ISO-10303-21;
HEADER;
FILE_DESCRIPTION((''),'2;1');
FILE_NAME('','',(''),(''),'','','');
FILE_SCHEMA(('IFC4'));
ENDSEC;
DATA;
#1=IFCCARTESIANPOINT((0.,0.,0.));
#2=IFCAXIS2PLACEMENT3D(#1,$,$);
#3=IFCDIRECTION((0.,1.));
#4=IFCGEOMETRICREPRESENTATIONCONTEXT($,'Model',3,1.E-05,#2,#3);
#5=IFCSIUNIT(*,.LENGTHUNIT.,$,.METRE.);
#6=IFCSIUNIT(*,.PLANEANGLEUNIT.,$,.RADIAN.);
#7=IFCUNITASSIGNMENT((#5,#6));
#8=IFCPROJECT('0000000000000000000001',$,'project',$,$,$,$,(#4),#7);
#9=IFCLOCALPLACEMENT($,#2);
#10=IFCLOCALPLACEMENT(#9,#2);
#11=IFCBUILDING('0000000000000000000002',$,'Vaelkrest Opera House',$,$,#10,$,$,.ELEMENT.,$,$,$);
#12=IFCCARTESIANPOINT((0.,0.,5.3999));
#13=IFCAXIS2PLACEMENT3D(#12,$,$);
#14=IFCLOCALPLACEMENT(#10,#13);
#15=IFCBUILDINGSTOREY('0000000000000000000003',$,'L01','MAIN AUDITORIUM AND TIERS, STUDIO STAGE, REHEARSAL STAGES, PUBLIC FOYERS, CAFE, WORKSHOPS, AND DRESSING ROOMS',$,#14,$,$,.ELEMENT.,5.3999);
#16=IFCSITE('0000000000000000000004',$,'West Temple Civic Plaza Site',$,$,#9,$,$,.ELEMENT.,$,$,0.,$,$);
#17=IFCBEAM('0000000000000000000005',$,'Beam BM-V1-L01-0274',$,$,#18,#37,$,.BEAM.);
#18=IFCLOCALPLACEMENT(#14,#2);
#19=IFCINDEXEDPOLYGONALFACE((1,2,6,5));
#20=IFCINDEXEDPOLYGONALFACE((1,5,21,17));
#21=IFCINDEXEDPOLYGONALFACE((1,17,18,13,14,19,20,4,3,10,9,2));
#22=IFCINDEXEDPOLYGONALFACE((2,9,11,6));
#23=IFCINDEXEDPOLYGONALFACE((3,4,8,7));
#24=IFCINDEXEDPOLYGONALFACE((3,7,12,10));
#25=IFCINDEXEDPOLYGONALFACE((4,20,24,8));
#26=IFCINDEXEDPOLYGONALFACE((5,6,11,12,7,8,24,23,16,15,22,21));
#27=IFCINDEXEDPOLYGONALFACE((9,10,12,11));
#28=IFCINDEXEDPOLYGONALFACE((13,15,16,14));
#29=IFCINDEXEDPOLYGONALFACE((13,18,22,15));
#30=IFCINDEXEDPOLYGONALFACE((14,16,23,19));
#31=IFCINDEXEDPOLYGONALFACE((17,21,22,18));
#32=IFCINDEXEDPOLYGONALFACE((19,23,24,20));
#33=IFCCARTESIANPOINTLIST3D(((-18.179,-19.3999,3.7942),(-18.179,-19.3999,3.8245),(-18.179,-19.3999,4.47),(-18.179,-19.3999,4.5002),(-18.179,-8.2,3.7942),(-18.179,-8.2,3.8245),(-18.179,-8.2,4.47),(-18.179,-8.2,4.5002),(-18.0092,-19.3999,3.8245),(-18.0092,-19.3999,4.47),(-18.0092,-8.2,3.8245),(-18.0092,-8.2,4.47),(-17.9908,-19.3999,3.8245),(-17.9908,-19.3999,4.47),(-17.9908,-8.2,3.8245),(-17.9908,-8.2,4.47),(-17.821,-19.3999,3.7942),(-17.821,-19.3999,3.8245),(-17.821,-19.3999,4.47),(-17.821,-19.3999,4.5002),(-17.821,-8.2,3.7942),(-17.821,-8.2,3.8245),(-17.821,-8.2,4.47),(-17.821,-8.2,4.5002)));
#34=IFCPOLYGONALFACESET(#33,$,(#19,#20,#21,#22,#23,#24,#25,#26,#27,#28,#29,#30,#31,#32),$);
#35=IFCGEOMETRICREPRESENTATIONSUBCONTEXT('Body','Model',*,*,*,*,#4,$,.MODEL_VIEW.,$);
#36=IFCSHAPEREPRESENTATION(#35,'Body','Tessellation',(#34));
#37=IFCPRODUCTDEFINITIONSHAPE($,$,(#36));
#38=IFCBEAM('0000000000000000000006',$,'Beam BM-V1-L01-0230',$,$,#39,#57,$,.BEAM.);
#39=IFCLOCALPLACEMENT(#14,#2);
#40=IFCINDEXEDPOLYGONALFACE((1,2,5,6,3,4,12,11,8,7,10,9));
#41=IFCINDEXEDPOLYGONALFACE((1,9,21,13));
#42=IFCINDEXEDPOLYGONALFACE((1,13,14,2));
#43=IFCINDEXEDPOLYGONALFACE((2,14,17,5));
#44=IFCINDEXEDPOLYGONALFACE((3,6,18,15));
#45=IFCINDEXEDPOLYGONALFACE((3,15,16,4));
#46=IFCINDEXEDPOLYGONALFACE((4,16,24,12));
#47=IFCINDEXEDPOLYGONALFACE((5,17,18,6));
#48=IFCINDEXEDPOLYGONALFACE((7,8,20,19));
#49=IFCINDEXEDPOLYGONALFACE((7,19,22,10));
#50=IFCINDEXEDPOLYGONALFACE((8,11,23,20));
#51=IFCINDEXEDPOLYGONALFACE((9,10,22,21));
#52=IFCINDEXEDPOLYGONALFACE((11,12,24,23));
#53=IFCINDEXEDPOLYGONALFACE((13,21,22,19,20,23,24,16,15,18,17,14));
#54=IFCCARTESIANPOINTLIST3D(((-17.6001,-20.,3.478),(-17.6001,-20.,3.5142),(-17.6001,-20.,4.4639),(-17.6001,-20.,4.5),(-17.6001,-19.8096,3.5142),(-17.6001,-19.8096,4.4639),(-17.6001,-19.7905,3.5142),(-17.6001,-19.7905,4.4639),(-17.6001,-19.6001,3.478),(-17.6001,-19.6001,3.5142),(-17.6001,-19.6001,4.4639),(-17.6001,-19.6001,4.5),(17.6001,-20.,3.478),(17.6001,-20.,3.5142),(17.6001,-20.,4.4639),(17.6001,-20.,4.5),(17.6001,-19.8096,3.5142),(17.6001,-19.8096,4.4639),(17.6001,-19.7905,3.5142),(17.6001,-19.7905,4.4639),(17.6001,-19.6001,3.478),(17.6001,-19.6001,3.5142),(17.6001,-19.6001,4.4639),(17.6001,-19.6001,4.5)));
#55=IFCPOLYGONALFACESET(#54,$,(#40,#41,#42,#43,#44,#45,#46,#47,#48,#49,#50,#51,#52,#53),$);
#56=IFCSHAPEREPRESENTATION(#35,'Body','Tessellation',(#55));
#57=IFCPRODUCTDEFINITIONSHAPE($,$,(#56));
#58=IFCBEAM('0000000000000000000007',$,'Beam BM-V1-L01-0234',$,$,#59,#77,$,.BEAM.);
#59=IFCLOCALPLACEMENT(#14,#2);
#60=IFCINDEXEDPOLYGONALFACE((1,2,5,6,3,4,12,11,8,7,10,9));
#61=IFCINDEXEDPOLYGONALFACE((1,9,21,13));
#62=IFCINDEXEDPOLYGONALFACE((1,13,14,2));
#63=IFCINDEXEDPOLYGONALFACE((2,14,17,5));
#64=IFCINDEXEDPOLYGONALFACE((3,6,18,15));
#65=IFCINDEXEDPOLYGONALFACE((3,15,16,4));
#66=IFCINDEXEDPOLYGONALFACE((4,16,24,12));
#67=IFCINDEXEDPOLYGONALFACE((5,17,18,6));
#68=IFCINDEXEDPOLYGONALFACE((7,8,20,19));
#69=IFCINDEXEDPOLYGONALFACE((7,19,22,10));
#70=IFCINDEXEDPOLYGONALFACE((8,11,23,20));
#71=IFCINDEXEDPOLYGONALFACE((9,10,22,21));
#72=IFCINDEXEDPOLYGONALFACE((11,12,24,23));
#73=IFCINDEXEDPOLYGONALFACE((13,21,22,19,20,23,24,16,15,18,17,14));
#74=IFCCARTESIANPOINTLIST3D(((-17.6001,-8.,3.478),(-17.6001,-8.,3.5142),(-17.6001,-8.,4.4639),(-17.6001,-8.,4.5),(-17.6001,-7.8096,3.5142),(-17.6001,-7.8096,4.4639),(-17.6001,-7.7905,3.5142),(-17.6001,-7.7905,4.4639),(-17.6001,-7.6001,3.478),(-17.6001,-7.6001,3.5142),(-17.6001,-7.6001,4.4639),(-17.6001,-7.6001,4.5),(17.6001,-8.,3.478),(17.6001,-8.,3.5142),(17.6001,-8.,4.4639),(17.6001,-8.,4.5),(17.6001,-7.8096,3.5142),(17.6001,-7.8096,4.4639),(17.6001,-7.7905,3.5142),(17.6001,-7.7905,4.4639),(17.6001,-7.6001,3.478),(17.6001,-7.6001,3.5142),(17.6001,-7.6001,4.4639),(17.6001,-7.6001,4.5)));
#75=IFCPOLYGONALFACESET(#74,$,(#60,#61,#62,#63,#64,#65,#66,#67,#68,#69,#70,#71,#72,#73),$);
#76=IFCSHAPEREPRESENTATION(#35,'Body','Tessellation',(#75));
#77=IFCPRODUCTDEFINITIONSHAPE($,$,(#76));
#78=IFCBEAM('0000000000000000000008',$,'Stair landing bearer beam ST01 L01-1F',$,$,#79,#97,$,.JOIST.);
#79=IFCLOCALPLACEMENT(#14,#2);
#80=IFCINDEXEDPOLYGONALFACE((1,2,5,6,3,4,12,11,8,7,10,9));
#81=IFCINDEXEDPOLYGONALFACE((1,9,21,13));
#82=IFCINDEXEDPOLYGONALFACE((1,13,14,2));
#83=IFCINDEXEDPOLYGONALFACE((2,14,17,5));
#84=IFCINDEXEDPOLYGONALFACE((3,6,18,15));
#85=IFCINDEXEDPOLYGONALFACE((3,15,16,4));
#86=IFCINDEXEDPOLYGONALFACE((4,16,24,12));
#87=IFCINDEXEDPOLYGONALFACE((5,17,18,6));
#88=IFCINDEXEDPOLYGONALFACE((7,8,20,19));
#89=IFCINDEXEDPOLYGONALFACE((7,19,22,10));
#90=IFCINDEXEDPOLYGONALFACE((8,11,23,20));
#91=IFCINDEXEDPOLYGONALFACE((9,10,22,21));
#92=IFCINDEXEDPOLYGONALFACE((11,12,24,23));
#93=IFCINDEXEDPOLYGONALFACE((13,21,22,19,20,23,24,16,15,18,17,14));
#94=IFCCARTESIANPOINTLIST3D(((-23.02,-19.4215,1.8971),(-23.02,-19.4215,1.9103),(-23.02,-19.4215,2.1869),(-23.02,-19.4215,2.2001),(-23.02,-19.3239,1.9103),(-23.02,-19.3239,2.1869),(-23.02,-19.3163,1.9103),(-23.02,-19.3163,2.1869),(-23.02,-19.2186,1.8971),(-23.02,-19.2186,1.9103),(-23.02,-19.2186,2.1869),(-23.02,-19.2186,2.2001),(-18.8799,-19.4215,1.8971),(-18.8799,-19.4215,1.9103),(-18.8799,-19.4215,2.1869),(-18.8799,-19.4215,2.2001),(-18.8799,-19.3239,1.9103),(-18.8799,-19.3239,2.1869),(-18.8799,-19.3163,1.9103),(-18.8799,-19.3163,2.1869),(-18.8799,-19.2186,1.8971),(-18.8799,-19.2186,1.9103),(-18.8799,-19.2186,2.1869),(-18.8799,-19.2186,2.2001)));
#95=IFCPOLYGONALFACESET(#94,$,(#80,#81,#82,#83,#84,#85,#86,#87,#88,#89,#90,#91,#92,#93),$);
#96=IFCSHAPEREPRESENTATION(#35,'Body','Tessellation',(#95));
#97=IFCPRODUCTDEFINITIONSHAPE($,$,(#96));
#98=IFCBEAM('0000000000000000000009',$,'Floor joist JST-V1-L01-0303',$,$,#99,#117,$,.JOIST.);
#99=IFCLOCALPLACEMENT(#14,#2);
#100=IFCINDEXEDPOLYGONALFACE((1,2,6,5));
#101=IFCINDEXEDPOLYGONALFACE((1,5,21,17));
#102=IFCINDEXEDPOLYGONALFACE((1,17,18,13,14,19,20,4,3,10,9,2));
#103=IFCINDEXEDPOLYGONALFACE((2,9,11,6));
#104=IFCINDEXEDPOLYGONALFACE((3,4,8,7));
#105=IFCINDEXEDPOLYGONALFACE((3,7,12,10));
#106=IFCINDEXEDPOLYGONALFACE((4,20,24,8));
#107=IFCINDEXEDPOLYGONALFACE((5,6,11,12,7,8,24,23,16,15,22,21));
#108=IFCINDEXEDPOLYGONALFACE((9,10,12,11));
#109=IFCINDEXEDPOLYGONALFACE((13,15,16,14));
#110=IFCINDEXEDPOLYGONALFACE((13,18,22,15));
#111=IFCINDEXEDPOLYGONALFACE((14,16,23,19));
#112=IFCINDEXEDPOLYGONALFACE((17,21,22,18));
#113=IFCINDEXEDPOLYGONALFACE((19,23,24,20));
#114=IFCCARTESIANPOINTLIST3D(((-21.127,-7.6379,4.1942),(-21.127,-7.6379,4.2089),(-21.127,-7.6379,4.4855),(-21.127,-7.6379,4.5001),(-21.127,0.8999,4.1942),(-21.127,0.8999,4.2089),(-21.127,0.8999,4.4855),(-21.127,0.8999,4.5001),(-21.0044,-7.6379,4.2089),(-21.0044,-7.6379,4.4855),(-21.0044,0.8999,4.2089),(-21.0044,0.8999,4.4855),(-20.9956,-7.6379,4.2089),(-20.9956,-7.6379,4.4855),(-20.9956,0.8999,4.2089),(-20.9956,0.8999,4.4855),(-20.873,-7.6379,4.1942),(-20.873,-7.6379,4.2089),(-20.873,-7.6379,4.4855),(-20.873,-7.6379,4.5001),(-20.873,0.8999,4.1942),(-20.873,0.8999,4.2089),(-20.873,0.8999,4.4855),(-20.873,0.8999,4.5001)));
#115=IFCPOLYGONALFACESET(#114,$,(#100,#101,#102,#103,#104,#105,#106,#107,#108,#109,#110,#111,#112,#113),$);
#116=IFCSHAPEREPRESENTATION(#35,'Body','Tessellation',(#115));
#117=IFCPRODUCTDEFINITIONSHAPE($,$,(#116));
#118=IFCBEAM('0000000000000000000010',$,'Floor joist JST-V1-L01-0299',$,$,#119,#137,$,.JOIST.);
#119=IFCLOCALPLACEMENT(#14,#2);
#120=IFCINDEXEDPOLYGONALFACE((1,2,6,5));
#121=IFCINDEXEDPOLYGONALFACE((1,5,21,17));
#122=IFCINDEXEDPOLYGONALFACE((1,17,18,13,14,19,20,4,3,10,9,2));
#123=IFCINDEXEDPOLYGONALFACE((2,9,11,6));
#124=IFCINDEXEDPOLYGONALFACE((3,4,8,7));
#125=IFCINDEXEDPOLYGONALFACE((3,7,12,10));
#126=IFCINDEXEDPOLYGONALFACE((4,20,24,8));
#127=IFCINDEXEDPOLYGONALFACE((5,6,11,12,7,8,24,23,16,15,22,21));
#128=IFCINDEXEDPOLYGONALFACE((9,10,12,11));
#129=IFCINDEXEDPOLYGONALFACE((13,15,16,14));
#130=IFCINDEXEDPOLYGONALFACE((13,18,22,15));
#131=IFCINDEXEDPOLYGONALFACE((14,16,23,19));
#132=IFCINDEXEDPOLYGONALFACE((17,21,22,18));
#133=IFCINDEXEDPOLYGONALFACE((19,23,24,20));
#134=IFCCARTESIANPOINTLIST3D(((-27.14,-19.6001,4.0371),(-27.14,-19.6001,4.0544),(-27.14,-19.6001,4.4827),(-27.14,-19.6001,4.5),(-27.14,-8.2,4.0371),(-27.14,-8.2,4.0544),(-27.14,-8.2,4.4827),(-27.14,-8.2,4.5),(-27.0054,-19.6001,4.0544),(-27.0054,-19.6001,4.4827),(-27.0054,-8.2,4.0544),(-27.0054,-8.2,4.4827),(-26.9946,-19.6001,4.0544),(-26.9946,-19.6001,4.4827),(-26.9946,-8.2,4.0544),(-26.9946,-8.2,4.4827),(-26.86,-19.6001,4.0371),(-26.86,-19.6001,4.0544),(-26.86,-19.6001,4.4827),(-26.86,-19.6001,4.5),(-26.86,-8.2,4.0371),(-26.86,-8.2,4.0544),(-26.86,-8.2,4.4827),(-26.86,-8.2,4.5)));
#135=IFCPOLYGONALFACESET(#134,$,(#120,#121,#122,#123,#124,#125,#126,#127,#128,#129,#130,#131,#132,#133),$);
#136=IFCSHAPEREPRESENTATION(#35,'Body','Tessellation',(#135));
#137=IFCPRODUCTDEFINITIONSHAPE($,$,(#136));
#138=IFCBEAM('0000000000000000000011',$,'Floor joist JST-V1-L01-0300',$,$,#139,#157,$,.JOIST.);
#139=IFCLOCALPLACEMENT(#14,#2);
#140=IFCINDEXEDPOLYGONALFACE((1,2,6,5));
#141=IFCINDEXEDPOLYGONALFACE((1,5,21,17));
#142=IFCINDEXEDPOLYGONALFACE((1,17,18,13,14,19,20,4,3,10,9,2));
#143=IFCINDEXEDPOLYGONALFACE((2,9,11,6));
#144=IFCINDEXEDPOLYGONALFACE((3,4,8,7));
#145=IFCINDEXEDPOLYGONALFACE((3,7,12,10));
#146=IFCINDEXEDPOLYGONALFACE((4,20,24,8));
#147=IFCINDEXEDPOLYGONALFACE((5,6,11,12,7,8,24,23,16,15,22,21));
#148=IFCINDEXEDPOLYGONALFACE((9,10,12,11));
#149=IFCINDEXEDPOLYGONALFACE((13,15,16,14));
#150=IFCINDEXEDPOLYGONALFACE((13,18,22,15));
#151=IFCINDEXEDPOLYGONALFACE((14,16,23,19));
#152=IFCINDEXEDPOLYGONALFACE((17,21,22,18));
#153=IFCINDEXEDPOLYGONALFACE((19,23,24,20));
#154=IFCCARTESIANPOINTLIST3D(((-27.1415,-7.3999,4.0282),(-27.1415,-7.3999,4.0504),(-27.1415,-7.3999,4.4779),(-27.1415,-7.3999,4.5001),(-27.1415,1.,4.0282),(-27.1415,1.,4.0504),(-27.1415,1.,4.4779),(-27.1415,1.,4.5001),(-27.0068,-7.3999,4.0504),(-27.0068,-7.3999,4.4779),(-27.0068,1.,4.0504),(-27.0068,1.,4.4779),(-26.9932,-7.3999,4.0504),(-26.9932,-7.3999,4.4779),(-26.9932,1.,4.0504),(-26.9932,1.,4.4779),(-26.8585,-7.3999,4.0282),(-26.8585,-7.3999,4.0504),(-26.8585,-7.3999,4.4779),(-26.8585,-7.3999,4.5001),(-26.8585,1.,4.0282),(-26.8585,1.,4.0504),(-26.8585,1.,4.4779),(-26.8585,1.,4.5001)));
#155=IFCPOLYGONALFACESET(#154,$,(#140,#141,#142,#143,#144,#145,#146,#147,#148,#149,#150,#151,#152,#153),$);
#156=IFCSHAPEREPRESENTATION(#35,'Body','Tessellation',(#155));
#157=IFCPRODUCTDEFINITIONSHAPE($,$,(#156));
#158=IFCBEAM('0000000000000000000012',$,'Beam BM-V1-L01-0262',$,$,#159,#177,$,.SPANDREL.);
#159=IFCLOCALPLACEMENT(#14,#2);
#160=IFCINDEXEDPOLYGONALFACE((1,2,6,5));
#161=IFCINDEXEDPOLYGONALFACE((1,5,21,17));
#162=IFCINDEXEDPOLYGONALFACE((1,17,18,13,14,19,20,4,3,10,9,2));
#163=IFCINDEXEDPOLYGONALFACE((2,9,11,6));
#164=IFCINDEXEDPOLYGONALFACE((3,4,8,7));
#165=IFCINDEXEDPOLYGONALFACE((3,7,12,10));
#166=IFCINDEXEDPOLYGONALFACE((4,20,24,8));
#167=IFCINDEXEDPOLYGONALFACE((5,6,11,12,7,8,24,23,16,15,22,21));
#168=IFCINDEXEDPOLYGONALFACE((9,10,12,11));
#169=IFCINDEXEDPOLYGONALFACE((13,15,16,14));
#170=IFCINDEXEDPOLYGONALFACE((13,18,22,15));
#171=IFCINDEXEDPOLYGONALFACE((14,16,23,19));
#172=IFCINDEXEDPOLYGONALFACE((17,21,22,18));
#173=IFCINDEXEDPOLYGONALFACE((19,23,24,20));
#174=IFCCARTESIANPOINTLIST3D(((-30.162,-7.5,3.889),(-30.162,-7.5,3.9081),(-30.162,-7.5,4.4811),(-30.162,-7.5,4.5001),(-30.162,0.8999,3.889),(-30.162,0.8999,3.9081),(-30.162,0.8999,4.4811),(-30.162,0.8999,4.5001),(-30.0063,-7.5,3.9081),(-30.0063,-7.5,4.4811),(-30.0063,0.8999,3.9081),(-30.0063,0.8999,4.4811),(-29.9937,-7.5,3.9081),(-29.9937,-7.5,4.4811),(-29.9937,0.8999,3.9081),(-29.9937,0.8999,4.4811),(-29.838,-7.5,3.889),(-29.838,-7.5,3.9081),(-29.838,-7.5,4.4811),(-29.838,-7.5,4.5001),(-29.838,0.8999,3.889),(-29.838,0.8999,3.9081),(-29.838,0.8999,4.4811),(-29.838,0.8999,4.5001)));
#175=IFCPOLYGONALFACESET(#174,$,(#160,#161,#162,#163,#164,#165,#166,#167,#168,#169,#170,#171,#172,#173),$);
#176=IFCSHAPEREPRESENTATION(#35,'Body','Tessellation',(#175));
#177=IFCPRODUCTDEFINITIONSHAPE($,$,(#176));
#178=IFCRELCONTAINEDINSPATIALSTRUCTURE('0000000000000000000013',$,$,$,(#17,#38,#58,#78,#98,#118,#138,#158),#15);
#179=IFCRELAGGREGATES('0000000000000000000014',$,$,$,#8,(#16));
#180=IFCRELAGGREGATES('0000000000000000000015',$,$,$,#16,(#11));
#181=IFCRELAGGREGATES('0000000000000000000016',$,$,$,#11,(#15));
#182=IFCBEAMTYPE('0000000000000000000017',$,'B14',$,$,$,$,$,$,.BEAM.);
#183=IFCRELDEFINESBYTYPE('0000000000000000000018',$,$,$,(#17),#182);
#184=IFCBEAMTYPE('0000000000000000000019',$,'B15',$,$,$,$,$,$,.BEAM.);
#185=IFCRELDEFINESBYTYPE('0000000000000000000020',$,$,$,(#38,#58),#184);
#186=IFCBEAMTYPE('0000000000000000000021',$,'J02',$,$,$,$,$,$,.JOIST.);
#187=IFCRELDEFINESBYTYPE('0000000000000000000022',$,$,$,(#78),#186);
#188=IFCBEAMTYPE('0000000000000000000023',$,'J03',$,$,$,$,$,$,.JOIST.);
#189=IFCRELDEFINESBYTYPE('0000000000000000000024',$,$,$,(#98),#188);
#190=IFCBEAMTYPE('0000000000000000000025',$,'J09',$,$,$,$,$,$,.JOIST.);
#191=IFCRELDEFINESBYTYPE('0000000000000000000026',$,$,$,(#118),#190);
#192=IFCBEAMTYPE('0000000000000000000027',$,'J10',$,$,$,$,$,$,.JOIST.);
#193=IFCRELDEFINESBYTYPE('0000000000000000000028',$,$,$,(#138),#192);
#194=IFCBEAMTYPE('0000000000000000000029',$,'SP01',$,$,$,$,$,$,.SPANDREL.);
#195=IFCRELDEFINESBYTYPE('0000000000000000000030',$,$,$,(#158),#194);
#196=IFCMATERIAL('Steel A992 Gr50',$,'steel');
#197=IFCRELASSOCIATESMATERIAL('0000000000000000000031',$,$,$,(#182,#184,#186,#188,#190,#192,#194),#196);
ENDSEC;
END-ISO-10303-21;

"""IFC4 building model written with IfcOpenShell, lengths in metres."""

from ifc_helpers import new_model, si_unit, direction, frame, origin, origin_2d, place, context, subcontext, project, spatial, i_section, extrude, material, material_profile, profile_set, type_object, element, save


model = new_model("IFC4")

# Units and contexts
model_context = context("Model", 3, precision=1e-05, world=origin(), true_north=direction((0.0, 1.0)))
body_context = subcontext(model_context, "Body", "Model", "MODEL_VIEW")
ifc_project = project(units=[si_unit("LENGTHUNIT", "METRE"), si_unit("PLANEANGLEUNIT", "RADIAN")], contexts=[model_context])

# Site, building, storey
site_placement = place(None, origin())
site = spatial("IfcSite", under=ifc_project, at=site_placement, Name="West Temple Civic Plaza Site", CompositionType="ELEMENT", RefElevation=0.0)
building_placement = place(site_placement, origin())
building = spatial("IfcBuilding", under=site, at=building_placement, Name="Vaelkrest Opera House", CompositionType="ELEMENT")
storey_placement = place(building_placement, frame((0.0, 0.0, 5.3999)))
storey = spatial("IfcBuildingStorey", under=building, at=storey_placement, Name="L01", Description="MAIN AUDITORIUM AND TIERS, STUDIO STAGE, REHEARSAL STAGES, PUBLIC FOYERS, CAFE, WORKSHOPS, AND DRESSING ROOMS", CompositionType="ELEMENT", Elevation=5.3999)

# Beams
ifc_material_1 = material(Name="Steel A992 Gr50", Category="steel")
ifc_material_profile_1 = material_profile(ifc_material_1, i_section(OverallWidth=0.3579, OverallDepth=0.7061, WebThickness=0.0183, FlangeThickness=0.0303, at=origin_2d()), Name="W27X178")
ifc_profile_set_1 = profile_set([ifc_material_profile_1], Name="Steel A992 Gr50")
beam_type_1 = type_object("IfcBeamType", Name="B14", PredefinedType="BEAM", material=ifc_profile_set_1)
for number, where, z_axis, x_axis, name in (
    (1, (-18.0, -19.3999, 4.1472), (0.0, 1.0, 0.0), (-1.0, 0.0, 0.0), "Beam BM-V1-L01-0274"),
):
    element("IfcBeam", number, at=place(storey_placement, frame(where, z_axis=z_axis, x_axis=x_axis)), inside=storey, type_object=beam_type_1, Name=name, PredefinedType="BEAM", context=body_context, shape_type="SweptSolid", body=[
        extrude(i_section(OverallWidth=0.3579, OverallDepth=0.7061, WebThickness=0.0183, FlangeThickness=0.0303, at=origin_2d()), origin(), (0.0, 0.0, 1.0), 11.2),
    ])
ifc_material_profile_2 = material_profile(ifc_material_1, i_section(OverallWidth=0.3999, OverallDepth=1.022, WebThickness=0.019, FlangeThickness=0.0361, at=origin_2d()), Name="W40X249")
ifc_profile_set_2 = profile_set([ifc_material_profile_2], Name="Steel A992 Gr50")
beam_type_2 = type_object("IfcBeamType", Name="B15", PredefinedType="BEAM", material=ifc_profile_set_2)
for number, where, z_axis, x_axis, name in (
    (2, (-17.6001, -19.8, 3.989), (1.0, 0.0, 0.0), (0.0, 1.0, 0.0), "Beam BM-V1-L01-0230"),
    (3, (-17.6001, -7.8, 3.989), (1.0, 0.0, 0.0), (0.0, 1.0, 0.0), "Beam BM-V1-L01-0234"),
):
    element("IfcBeam", number, at=place(storey_placement, frame(where, z_axis=z_axis, x_axis=x_axis)), inside=storey, type_object=beam_type_2, Name=name, PredefinedType="BEAM", context=body_context, shape_type="SweptSolid", body=[
        extrude(i_section(OverallWidth=0.3999, OverallDepth=1.022, WebThickness=0.019, FlangeThickness=0.0361, at=origin_2d()), origin(), (0.0, 0.0, 1.0), 35.2002),
    ])
ifc_material_profile_3 = material_profile(ifc_material_1, i_section(OverallWidth=0.2029, OverallDepth=0.303, WebThickness=0.0076, FlangeThickness=0.0132, at=origin_2d()), Name="W12X40")
ifc_profile_set_3 = profile_set([ifc_material_profile_3], Name="Steel A992 Gr50")
beam_type_3 = type_object("IfcBeamType", Name="J02", PredefinedType="JOIST", material=ifc_profile_set_3)
beam_1_placement = place(storey_placement, frame((-23.02, -19.3201, 2.0486), z_axis=(1.0, 0.0, 0.0), x_axis=(0.0, 1.0, 0.0)))
element("IfcBeam", 4, at=beam_1_placement, inside=storey, type_object=beam_type_3, Name="Stair landing bearer beam ST01 L01-1F", PredefinedType="JOIST", context=body_context, shape_type="SweptSolid", body=[
    extrude(i_section(OverallWidth=0.2029, OverallDepth=0.303, WebThickness=0.0076, FlangeThickness=0.0132, at=origin_2d()), origin(), (0.0, 0.0, 1.0), 4.1401),
])
ifc_material_profile_4 = material_profile(ifc_material_1, i_section(OverallWidth=0.2539, OverallDepth=0.3059, WebThickness=0.0088, FlangeThickness=0.0146, at=origin_2d()), Name="W12X53")
ifc_profile_set_4 = profile_set([ifc_material_profile_4], Name="Steel A992 Gr50")
beam_type_4 = type_object("IfcBeamType", Name="J03", PredefinedType="JOIST", material=ifc_profile_set_4)
beam_2_placement = place(storey_placement, frame((-21.0, -7.6379, 4.3472), z_axis=(0.0, 1.0, 0.0), x_axis=(-1.0, 0.0, 0.0)))
element("IfcBeam", 5, at=beam_2_placement, inside=storey, type_object=beam_type_4, Name="Floor joist JST-V1-L01-0303", PredefinedType="JOIST", context=body_context, shape_type="SweptSolid", body=[
    extrude(i_section(OverallWidth=0.2539, OverallDepth=0.3059, WebThickness=0.0088, FlangeThickness=0.0146, at=origin_2d()), origin(), (0.0, 0.0, 1.0), 8.5378),
])
ifc_material_profile_5 = material_profile(ifc_material_1, i_section(OverallWidth=0.28, OverallDepth=0.4629, WebThickness=0.0107, FlangeThickness=0.0173, at=origin_2d()), Name="W18X76")
ifc_profile_set_5 = profile_set([ifc_material_profile_5], Name="Steel A992 Gr50")
beam_type_5 = type_object("IfcBeamType", Name="J09", PredefinedType="JOIST", material=ifc_profile_set_5)
beam_3_placement = place(storey_placement, frame((-27.0, -19.6001, 4.2686), z_axis=(0.0, 1.0, 0.0), x_axis=(-1.0, 0.0, 0.0)))
element("IfcBeam", 6, at=beam_3_placement, inside=storey, type_object=beam_type_5, Name="Floor joist JST-V1-L01-0299", PredefinedType="JOIST", context=body_context, shape_type="SweptSolid", body=[
    extrude(i_section(OverallWidth=0.28, OverallDepth=0.4629, WebThickness=0.0107, FlangeThickness=0.0173, at=origin_2d()), origin(), (0.0, 0.0, 1.0), 11.4001),
])
ifc_material_profile_6 = material_profile(ifc_material_1, i_section(OverallWidth=0.283, OverallDepth=0.4719, WebThickness=0.0137, FlangeThickness=0.0222, at=origin_2d()), Name="W18X97")
ifc_profile_set_6 = profile_set([ifc_material_profile_6], Name="Steel A992 Gr50")
beam_type_6 = type_object("IfcBeamType", Name="J10", PredefinedType="JOIST", material=ifc_profile_set_6)
beam_4_placement = place(storey_placement, frame((-27.0, -7.3999, 4.2642), z_axis=(0.0, 1.0, 0.0), x_axis=(-1.0, 0.0, 0.0)))
element("IfcBeam", 7, at=beam_4_placement, inside=storey, type_object=beam_type_6, Name="Floor joist JST-V1-L01-0300", PredefinedType="JOIST", context=body_context, shape_type="SweptSolid", body=[
    extrude(i_section(OverallWidth=0.283, OverallDepth=0.4719, WebThickness=0.0137, FlangeThickness=0.0222, at=origin_2d()), origin(), (0.0, 0.0, 1.0), 8.3999),
])
ifc_material_profile_7 = material_profile(ifc_material_1, i_section(OverallWidth=0.324, OverallDepth=0.6111, WebThickness=0.0127, FlangeThickness=0.019, at=origin_2d()), Name="W24X104")
ifc_profile_set_7 = profile_set([ifc_material_profile_7], Name="Steel A992 Gr50")
beam_type_7 = type_object("IfcBeamType", Name="SP01", PredefinedType="SPANDREL", material=ifc_profile_set_7)
beam_5_placement = place(storey_placement, frame((-30.0, -7.5, 4.1946), z_axis=(0.0, 1.0, 0.0), x_axis=(-1.0, 0.0, 0.0)))
element("IfcBeam", 8, at=beam_5_placement, inside=storey, type_object=beam_type_7, Name="Beam BM-V1-L01-0262", PredefinedType="SPANDREL", context=body_context, shape_type="SweptSolid", body=[
    extrude(i_section(OverallWidth=0.324, OverallDepth=0.6111, WebThickness=0.0127, FlangeThickness=0.019, at=origin_2d()), origin(), (0.0, 0.0, 1.0), 8.3999),
])

save(model, "model.ifc")
